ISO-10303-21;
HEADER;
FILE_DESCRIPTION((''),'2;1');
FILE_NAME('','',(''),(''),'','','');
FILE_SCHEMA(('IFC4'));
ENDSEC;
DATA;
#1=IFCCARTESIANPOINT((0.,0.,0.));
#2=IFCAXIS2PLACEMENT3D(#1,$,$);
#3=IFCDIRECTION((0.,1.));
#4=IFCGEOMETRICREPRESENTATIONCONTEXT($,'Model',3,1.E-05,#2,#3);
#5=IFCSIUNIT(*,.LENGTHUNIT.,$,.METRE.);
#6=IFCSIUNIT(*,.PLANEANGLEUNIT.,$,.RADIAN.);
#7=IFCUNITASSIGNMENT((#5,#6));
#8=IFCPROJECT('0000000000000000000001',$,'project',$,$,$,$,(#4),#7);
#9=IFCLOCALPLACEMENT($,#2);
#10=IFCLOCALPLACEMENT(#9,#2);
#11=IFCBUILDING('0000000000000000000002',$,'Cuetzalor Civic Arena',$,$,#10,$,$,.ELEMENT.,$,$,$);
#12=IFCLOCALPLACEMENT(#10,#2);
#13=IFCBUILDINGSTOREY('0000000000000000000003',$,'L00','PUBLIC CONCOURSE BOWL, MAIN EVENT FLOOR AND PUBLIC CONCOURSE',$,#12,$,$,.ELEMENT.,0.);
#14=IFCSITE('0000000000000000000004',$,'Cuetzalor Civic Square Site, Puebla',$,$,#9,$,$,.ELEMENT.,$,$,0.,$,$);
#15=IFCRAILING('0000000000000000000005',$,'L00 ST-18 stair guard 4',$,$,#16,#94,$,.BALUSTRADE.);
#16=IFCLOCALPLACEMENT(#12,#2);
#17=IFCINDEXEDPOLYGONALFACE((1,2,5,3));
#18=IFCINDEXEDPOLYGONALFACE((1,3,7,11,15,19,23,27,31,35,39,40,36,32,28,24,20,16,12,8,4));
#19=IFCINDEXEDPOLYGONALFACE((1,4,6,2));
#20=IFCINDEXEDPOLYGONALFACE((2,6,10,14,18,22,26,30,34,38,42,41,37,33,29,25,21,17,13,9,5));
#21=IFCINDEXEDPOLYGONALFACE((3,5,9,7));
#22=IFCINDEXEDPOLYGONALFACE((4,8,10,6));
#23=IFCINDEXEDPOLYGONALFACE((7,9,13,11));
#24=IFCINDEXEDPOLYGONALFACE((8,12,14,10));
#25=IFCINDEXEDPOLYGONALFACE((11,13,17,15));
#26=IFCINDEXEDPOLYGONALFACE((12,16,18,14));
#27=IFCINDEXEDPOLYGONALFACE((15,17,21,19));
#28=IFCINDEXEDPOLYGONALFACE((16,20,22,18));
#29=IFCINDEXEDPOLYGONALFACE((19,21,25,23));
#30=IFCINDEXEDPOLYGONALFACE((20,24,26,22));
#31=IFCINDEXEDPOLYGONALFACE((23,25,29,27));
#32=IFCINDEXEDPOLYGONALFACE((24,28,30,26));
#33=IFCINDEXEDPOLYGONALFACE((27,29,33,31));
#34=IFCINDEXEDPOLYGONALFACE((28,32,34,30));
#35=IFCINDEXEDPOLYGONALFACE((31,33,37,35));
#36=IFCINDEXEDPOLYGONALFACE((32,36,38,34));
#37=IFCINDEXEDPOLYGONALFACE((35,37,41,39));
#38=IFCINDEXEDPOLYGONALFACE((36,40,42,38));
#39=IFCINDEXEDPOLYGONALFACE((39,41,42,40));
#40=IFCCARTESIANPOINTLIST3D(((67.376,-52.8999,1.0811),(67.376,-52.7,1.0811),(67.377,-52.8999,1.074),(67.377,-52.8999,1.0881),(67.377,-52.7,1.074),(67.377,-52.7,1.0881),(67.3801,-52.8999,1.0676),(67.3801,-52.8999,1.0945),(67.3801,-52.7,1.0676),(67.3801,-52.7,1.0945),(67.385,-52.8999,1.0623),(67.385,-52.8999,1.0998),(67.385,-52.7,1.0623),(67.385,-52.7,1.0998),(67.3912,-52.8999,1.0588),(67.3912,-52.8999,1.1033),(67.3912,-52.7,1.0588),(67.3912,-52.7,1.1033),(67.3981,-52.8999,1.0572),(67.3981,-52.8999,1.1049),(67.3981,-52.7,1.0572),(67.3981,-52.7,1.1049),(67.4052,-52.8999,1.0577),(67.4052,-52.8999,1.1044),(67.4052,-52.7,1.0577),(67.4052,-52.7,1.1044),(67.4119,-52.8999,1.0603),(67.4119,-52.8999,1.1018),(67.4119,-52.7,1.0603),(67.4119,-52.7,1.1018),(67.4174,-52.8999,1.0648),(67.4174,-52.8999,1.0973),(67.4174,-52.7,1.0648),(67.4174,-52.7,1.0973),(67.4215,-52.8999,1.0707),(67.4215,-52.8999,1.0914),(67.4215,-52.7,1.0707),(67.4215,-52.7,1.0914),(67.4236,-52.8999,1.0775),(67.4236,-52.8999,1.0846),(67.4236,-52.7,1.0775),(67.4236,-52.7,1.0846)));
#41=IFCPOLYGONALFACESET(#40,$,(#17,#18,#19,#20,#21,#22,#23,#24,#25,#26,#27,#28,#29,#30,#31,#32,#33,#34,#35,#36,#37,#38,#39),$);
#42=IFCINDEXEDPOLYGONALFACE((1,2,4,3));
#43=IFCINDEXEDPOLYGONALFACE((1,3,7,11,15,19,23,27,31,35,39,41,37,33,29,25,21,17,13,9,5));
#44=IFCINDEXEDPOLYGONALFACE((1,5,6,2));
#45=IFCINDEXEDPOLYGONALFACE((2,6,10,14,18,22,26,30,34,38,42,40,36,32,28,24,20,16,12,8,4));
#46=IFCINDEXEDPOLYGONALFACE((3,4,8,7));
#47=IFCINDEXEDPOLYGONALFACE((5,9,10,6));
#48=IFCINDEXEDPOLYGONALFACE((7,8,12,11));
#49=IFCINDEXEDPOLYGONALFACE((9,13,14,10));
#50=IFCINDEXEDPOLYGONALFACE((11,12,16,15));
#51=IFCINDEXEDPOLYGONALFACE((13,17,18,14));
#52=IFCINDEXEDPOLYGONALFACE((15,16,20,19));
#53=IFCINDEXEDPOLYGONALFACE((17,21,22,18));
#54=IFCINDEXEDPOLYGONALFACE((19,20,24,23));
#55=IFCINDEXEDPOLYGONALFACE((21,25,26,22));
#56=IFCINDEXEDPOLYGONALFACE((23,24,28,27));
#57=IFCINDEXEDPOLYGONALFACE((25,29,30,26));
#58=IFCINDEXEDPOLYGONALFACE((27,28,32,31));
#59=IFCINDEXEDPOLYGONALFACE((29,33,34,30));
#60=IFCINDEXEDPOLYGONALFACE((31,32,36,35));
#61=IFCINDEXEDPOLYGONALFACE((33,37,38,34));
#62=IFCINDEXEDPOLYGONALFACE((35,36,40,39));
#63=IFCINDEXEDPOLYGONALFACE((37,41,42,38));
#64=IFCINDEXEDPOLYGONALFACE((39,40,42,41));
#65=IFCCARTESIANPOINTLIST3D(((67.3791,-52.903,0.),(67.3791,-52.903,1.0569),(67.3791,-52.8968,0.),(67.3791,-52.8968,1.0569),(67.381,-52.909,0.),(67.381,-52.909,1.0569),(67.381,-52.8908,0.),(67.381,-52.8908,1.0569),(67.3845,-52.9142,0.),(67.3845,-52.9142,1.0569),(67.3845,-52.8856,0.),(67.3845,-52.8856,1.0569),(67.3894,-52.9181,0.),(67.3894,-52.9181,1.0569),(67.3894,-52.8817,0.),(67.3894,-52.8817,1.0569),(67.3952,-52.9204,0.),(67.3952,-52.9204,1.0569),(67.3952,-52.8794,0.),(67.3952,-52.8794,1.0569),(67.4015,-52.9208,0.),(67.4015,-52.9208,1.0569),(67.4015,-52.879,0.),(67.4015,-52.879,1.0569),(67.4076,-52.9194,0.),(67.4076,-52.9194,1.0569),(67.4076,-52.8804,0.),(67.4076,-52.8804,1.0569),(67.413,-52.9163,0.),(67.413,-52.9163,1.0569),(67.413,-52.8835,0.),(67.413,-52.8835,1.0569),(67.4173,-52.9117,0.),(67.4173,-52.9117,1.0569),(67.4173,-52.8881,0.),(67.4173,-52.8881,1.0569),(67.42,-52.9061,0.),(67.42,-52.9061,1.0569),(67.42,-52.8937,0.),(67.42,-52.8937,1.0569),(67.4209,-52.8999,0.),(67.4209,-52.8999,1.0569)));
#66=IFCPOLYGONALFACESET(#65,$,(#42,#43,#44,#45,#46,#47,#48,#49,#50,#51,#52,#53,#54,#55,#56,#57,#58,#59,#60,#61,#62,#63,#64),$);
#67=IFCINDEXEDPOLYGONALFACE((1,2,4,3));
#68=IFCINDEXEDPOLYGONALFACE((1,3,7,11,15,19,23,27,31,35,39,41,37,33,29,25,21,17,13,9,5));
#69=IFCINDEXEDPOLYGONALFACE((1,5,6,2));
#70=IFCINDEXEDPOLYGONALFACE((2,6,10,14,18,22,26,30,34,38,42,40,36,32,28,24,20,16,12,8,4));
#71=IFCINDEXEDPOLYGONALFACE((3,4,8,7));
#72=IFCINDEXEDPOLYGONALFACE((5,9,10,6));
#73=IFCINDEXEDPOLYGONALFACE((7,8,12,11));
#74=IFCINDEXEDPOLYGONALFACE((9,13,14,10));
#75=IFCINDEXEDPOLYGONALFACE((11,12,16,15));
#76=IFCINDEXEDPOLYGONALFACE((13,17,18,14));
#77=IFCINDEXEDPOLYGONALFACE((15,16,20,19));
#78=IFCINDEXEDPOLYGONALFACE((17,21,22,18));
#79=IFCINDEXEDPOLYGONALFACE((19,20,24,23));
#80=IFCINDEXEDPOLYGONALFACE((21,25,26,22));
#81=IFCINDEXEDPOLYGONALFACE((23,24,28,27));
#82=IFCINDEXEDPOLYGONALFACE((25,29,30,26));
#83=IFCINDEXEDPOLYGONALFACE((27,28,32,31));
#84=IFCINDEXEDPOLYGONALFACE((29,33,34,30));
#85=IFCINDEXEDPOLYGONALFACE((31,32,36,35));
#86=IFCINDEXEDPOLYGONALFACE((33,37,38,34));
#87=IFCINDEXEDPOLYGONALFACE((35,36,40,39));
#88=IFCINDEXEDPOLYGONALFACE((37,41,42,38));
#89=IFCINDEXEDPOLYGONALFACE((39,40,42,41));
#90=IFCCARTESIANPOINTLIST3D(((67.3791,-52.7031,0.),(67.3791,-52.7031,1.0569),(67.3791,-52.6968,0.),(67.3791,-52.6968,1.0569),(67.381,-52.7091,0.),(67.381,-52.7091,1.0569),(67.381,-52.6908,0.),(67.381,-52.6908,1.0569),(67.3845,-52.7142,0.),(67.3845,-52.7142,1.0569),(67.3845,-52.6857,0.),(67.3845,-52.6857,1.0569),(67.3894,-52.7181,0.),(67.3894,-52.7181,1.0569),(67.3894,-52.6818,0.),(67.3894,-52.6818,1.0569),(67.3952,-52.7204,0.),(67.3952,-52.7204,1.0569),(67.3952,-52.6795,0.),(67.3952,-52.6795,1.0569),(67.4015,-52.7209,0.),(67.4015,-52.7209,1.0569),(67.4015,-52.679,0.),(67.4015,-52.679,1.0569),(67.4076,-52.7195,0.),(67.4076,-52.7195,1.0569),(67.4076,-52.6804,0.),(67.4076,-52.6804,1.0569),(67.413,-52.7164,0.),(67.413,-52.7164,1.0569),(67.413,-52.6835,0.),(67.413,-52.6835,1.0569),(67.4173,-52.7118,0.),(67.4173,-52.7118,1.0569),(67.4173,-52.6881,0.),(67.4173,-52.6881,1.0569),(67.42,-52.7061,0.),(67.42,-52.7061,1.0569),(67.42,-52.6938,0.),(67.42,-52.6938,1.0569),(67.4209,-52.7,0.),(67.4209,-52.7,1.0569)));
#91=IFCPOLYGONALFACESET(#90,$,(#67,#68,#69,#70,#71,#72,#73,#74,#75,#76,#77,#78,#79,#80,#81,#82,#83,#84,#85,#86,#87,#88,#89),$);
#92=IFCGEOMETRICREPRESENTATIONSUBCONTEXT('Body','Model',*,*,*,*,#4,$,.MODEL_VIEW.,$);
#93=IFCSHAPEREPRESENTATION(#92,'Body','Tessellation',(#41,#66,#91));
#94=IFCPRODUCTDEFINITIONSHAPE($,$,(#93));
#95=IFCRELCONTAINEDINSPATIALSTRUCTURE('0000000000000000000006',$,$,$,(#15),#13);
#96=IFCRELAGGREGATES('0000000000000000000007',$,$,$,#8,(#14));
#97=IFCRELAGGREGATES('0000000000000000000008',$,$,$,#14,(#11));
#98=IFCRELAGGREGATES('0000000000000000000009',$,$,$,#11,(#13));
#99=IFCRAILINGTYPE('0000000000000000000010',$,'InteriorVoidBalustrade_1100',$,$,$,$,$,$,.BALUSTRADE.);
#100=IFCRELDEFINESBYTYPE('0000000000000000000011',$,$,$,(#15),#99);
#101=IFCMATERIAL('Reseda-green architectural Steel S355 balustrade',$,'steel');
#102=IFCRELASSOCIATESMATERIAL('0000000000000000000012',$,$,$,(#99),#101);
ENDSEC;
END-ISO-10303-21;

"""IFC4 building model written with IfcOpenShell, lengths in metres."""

from ifc_helpers import new_model, si_unit, direction, frame, origin, origin_2d, place, context, subcontext, project, spatial, circle, extrude, material, type_object, element, save


model = new_model("IFC4")

# Units and contexts
model_context = context("Model", 3, precision=1e-05, world=origin(), true_north=direction((0.0, 1.0)))
body_context = subcontext(model_context, "Body", "Model", "MODEL_VIEW")
ifc_project = project(units=[si_unit("LENGTHUNIT", "METRE"), si_unit("PLANEANGLEUNIT", "RADIAN")], contexts=[model_context])

# Site, building, storey
site_placement = place(None, origin())
site = spatial("IfcSite", under=ifc_project, at=site_placement, Name="Cuetzalor Civic Square Site, Puebla", CompositionType="ELEMENT", RefElevation=0.0)
building_placement = place(site_placement, origin())
building = spatial("IfcBuilding", under=site, at=building_placement, Name="Cuetzalor Civic Arena", CompositionType="ELEMENT")
storey_placement = place(building_placement, origin())
storey = spatial("IfcBuildingStorey", under=building, at=storey_placement, Name="L00", Description="PUBLIC CONCOURSE BOWL, MAIN EVENT FLOOR AND PUBLIC CONCOURSE", CompositionType="ELEMENT", Elevation=0.0)

# Railing
ifc_material_1 = material(Name="Reseda-green architectural Steel S355 balustrade", Category="steel")
railing_type_1 = type_object("IfcRailingType", Name="InteriorVoidBalustrade_1100", PredefinedType="BALUSTRADE", material=ifc_material_1)
railing_1_placement = place(storey_placement, frame((67.3999, -52.8999, 0.0)))
element("IfcRailing", 1, at=railing_1_placement, inside=storey, type_object=railing_type_1, Name="L00 ST-18 stair guard 4", PredefinedType="BALUSTRADE", context=body_context, shape_type="SweptSolid", body=[
    extrude(circle(Radius=0.0239, at=origin_2d()), frame((0.0, 0.0, 1.0811), z_axis=(0.0, 1.0, 0.0), x_axis=(-1.0, 0.0, 0.0)), (0.0, 0.0, 1.0), 0.2),
    extrude(circle(Radius=0.021, at=origin_2d()), origin(), (0.0, 0.0, 1.0), 1.0569),
    extrude(circle(Radius=0.021, at=origin_2d()), frame((0.0, 0.2, 0.0)), (0.0, 0.0, 1.0), 1.0569),
])

save(model, "model.ifc")
